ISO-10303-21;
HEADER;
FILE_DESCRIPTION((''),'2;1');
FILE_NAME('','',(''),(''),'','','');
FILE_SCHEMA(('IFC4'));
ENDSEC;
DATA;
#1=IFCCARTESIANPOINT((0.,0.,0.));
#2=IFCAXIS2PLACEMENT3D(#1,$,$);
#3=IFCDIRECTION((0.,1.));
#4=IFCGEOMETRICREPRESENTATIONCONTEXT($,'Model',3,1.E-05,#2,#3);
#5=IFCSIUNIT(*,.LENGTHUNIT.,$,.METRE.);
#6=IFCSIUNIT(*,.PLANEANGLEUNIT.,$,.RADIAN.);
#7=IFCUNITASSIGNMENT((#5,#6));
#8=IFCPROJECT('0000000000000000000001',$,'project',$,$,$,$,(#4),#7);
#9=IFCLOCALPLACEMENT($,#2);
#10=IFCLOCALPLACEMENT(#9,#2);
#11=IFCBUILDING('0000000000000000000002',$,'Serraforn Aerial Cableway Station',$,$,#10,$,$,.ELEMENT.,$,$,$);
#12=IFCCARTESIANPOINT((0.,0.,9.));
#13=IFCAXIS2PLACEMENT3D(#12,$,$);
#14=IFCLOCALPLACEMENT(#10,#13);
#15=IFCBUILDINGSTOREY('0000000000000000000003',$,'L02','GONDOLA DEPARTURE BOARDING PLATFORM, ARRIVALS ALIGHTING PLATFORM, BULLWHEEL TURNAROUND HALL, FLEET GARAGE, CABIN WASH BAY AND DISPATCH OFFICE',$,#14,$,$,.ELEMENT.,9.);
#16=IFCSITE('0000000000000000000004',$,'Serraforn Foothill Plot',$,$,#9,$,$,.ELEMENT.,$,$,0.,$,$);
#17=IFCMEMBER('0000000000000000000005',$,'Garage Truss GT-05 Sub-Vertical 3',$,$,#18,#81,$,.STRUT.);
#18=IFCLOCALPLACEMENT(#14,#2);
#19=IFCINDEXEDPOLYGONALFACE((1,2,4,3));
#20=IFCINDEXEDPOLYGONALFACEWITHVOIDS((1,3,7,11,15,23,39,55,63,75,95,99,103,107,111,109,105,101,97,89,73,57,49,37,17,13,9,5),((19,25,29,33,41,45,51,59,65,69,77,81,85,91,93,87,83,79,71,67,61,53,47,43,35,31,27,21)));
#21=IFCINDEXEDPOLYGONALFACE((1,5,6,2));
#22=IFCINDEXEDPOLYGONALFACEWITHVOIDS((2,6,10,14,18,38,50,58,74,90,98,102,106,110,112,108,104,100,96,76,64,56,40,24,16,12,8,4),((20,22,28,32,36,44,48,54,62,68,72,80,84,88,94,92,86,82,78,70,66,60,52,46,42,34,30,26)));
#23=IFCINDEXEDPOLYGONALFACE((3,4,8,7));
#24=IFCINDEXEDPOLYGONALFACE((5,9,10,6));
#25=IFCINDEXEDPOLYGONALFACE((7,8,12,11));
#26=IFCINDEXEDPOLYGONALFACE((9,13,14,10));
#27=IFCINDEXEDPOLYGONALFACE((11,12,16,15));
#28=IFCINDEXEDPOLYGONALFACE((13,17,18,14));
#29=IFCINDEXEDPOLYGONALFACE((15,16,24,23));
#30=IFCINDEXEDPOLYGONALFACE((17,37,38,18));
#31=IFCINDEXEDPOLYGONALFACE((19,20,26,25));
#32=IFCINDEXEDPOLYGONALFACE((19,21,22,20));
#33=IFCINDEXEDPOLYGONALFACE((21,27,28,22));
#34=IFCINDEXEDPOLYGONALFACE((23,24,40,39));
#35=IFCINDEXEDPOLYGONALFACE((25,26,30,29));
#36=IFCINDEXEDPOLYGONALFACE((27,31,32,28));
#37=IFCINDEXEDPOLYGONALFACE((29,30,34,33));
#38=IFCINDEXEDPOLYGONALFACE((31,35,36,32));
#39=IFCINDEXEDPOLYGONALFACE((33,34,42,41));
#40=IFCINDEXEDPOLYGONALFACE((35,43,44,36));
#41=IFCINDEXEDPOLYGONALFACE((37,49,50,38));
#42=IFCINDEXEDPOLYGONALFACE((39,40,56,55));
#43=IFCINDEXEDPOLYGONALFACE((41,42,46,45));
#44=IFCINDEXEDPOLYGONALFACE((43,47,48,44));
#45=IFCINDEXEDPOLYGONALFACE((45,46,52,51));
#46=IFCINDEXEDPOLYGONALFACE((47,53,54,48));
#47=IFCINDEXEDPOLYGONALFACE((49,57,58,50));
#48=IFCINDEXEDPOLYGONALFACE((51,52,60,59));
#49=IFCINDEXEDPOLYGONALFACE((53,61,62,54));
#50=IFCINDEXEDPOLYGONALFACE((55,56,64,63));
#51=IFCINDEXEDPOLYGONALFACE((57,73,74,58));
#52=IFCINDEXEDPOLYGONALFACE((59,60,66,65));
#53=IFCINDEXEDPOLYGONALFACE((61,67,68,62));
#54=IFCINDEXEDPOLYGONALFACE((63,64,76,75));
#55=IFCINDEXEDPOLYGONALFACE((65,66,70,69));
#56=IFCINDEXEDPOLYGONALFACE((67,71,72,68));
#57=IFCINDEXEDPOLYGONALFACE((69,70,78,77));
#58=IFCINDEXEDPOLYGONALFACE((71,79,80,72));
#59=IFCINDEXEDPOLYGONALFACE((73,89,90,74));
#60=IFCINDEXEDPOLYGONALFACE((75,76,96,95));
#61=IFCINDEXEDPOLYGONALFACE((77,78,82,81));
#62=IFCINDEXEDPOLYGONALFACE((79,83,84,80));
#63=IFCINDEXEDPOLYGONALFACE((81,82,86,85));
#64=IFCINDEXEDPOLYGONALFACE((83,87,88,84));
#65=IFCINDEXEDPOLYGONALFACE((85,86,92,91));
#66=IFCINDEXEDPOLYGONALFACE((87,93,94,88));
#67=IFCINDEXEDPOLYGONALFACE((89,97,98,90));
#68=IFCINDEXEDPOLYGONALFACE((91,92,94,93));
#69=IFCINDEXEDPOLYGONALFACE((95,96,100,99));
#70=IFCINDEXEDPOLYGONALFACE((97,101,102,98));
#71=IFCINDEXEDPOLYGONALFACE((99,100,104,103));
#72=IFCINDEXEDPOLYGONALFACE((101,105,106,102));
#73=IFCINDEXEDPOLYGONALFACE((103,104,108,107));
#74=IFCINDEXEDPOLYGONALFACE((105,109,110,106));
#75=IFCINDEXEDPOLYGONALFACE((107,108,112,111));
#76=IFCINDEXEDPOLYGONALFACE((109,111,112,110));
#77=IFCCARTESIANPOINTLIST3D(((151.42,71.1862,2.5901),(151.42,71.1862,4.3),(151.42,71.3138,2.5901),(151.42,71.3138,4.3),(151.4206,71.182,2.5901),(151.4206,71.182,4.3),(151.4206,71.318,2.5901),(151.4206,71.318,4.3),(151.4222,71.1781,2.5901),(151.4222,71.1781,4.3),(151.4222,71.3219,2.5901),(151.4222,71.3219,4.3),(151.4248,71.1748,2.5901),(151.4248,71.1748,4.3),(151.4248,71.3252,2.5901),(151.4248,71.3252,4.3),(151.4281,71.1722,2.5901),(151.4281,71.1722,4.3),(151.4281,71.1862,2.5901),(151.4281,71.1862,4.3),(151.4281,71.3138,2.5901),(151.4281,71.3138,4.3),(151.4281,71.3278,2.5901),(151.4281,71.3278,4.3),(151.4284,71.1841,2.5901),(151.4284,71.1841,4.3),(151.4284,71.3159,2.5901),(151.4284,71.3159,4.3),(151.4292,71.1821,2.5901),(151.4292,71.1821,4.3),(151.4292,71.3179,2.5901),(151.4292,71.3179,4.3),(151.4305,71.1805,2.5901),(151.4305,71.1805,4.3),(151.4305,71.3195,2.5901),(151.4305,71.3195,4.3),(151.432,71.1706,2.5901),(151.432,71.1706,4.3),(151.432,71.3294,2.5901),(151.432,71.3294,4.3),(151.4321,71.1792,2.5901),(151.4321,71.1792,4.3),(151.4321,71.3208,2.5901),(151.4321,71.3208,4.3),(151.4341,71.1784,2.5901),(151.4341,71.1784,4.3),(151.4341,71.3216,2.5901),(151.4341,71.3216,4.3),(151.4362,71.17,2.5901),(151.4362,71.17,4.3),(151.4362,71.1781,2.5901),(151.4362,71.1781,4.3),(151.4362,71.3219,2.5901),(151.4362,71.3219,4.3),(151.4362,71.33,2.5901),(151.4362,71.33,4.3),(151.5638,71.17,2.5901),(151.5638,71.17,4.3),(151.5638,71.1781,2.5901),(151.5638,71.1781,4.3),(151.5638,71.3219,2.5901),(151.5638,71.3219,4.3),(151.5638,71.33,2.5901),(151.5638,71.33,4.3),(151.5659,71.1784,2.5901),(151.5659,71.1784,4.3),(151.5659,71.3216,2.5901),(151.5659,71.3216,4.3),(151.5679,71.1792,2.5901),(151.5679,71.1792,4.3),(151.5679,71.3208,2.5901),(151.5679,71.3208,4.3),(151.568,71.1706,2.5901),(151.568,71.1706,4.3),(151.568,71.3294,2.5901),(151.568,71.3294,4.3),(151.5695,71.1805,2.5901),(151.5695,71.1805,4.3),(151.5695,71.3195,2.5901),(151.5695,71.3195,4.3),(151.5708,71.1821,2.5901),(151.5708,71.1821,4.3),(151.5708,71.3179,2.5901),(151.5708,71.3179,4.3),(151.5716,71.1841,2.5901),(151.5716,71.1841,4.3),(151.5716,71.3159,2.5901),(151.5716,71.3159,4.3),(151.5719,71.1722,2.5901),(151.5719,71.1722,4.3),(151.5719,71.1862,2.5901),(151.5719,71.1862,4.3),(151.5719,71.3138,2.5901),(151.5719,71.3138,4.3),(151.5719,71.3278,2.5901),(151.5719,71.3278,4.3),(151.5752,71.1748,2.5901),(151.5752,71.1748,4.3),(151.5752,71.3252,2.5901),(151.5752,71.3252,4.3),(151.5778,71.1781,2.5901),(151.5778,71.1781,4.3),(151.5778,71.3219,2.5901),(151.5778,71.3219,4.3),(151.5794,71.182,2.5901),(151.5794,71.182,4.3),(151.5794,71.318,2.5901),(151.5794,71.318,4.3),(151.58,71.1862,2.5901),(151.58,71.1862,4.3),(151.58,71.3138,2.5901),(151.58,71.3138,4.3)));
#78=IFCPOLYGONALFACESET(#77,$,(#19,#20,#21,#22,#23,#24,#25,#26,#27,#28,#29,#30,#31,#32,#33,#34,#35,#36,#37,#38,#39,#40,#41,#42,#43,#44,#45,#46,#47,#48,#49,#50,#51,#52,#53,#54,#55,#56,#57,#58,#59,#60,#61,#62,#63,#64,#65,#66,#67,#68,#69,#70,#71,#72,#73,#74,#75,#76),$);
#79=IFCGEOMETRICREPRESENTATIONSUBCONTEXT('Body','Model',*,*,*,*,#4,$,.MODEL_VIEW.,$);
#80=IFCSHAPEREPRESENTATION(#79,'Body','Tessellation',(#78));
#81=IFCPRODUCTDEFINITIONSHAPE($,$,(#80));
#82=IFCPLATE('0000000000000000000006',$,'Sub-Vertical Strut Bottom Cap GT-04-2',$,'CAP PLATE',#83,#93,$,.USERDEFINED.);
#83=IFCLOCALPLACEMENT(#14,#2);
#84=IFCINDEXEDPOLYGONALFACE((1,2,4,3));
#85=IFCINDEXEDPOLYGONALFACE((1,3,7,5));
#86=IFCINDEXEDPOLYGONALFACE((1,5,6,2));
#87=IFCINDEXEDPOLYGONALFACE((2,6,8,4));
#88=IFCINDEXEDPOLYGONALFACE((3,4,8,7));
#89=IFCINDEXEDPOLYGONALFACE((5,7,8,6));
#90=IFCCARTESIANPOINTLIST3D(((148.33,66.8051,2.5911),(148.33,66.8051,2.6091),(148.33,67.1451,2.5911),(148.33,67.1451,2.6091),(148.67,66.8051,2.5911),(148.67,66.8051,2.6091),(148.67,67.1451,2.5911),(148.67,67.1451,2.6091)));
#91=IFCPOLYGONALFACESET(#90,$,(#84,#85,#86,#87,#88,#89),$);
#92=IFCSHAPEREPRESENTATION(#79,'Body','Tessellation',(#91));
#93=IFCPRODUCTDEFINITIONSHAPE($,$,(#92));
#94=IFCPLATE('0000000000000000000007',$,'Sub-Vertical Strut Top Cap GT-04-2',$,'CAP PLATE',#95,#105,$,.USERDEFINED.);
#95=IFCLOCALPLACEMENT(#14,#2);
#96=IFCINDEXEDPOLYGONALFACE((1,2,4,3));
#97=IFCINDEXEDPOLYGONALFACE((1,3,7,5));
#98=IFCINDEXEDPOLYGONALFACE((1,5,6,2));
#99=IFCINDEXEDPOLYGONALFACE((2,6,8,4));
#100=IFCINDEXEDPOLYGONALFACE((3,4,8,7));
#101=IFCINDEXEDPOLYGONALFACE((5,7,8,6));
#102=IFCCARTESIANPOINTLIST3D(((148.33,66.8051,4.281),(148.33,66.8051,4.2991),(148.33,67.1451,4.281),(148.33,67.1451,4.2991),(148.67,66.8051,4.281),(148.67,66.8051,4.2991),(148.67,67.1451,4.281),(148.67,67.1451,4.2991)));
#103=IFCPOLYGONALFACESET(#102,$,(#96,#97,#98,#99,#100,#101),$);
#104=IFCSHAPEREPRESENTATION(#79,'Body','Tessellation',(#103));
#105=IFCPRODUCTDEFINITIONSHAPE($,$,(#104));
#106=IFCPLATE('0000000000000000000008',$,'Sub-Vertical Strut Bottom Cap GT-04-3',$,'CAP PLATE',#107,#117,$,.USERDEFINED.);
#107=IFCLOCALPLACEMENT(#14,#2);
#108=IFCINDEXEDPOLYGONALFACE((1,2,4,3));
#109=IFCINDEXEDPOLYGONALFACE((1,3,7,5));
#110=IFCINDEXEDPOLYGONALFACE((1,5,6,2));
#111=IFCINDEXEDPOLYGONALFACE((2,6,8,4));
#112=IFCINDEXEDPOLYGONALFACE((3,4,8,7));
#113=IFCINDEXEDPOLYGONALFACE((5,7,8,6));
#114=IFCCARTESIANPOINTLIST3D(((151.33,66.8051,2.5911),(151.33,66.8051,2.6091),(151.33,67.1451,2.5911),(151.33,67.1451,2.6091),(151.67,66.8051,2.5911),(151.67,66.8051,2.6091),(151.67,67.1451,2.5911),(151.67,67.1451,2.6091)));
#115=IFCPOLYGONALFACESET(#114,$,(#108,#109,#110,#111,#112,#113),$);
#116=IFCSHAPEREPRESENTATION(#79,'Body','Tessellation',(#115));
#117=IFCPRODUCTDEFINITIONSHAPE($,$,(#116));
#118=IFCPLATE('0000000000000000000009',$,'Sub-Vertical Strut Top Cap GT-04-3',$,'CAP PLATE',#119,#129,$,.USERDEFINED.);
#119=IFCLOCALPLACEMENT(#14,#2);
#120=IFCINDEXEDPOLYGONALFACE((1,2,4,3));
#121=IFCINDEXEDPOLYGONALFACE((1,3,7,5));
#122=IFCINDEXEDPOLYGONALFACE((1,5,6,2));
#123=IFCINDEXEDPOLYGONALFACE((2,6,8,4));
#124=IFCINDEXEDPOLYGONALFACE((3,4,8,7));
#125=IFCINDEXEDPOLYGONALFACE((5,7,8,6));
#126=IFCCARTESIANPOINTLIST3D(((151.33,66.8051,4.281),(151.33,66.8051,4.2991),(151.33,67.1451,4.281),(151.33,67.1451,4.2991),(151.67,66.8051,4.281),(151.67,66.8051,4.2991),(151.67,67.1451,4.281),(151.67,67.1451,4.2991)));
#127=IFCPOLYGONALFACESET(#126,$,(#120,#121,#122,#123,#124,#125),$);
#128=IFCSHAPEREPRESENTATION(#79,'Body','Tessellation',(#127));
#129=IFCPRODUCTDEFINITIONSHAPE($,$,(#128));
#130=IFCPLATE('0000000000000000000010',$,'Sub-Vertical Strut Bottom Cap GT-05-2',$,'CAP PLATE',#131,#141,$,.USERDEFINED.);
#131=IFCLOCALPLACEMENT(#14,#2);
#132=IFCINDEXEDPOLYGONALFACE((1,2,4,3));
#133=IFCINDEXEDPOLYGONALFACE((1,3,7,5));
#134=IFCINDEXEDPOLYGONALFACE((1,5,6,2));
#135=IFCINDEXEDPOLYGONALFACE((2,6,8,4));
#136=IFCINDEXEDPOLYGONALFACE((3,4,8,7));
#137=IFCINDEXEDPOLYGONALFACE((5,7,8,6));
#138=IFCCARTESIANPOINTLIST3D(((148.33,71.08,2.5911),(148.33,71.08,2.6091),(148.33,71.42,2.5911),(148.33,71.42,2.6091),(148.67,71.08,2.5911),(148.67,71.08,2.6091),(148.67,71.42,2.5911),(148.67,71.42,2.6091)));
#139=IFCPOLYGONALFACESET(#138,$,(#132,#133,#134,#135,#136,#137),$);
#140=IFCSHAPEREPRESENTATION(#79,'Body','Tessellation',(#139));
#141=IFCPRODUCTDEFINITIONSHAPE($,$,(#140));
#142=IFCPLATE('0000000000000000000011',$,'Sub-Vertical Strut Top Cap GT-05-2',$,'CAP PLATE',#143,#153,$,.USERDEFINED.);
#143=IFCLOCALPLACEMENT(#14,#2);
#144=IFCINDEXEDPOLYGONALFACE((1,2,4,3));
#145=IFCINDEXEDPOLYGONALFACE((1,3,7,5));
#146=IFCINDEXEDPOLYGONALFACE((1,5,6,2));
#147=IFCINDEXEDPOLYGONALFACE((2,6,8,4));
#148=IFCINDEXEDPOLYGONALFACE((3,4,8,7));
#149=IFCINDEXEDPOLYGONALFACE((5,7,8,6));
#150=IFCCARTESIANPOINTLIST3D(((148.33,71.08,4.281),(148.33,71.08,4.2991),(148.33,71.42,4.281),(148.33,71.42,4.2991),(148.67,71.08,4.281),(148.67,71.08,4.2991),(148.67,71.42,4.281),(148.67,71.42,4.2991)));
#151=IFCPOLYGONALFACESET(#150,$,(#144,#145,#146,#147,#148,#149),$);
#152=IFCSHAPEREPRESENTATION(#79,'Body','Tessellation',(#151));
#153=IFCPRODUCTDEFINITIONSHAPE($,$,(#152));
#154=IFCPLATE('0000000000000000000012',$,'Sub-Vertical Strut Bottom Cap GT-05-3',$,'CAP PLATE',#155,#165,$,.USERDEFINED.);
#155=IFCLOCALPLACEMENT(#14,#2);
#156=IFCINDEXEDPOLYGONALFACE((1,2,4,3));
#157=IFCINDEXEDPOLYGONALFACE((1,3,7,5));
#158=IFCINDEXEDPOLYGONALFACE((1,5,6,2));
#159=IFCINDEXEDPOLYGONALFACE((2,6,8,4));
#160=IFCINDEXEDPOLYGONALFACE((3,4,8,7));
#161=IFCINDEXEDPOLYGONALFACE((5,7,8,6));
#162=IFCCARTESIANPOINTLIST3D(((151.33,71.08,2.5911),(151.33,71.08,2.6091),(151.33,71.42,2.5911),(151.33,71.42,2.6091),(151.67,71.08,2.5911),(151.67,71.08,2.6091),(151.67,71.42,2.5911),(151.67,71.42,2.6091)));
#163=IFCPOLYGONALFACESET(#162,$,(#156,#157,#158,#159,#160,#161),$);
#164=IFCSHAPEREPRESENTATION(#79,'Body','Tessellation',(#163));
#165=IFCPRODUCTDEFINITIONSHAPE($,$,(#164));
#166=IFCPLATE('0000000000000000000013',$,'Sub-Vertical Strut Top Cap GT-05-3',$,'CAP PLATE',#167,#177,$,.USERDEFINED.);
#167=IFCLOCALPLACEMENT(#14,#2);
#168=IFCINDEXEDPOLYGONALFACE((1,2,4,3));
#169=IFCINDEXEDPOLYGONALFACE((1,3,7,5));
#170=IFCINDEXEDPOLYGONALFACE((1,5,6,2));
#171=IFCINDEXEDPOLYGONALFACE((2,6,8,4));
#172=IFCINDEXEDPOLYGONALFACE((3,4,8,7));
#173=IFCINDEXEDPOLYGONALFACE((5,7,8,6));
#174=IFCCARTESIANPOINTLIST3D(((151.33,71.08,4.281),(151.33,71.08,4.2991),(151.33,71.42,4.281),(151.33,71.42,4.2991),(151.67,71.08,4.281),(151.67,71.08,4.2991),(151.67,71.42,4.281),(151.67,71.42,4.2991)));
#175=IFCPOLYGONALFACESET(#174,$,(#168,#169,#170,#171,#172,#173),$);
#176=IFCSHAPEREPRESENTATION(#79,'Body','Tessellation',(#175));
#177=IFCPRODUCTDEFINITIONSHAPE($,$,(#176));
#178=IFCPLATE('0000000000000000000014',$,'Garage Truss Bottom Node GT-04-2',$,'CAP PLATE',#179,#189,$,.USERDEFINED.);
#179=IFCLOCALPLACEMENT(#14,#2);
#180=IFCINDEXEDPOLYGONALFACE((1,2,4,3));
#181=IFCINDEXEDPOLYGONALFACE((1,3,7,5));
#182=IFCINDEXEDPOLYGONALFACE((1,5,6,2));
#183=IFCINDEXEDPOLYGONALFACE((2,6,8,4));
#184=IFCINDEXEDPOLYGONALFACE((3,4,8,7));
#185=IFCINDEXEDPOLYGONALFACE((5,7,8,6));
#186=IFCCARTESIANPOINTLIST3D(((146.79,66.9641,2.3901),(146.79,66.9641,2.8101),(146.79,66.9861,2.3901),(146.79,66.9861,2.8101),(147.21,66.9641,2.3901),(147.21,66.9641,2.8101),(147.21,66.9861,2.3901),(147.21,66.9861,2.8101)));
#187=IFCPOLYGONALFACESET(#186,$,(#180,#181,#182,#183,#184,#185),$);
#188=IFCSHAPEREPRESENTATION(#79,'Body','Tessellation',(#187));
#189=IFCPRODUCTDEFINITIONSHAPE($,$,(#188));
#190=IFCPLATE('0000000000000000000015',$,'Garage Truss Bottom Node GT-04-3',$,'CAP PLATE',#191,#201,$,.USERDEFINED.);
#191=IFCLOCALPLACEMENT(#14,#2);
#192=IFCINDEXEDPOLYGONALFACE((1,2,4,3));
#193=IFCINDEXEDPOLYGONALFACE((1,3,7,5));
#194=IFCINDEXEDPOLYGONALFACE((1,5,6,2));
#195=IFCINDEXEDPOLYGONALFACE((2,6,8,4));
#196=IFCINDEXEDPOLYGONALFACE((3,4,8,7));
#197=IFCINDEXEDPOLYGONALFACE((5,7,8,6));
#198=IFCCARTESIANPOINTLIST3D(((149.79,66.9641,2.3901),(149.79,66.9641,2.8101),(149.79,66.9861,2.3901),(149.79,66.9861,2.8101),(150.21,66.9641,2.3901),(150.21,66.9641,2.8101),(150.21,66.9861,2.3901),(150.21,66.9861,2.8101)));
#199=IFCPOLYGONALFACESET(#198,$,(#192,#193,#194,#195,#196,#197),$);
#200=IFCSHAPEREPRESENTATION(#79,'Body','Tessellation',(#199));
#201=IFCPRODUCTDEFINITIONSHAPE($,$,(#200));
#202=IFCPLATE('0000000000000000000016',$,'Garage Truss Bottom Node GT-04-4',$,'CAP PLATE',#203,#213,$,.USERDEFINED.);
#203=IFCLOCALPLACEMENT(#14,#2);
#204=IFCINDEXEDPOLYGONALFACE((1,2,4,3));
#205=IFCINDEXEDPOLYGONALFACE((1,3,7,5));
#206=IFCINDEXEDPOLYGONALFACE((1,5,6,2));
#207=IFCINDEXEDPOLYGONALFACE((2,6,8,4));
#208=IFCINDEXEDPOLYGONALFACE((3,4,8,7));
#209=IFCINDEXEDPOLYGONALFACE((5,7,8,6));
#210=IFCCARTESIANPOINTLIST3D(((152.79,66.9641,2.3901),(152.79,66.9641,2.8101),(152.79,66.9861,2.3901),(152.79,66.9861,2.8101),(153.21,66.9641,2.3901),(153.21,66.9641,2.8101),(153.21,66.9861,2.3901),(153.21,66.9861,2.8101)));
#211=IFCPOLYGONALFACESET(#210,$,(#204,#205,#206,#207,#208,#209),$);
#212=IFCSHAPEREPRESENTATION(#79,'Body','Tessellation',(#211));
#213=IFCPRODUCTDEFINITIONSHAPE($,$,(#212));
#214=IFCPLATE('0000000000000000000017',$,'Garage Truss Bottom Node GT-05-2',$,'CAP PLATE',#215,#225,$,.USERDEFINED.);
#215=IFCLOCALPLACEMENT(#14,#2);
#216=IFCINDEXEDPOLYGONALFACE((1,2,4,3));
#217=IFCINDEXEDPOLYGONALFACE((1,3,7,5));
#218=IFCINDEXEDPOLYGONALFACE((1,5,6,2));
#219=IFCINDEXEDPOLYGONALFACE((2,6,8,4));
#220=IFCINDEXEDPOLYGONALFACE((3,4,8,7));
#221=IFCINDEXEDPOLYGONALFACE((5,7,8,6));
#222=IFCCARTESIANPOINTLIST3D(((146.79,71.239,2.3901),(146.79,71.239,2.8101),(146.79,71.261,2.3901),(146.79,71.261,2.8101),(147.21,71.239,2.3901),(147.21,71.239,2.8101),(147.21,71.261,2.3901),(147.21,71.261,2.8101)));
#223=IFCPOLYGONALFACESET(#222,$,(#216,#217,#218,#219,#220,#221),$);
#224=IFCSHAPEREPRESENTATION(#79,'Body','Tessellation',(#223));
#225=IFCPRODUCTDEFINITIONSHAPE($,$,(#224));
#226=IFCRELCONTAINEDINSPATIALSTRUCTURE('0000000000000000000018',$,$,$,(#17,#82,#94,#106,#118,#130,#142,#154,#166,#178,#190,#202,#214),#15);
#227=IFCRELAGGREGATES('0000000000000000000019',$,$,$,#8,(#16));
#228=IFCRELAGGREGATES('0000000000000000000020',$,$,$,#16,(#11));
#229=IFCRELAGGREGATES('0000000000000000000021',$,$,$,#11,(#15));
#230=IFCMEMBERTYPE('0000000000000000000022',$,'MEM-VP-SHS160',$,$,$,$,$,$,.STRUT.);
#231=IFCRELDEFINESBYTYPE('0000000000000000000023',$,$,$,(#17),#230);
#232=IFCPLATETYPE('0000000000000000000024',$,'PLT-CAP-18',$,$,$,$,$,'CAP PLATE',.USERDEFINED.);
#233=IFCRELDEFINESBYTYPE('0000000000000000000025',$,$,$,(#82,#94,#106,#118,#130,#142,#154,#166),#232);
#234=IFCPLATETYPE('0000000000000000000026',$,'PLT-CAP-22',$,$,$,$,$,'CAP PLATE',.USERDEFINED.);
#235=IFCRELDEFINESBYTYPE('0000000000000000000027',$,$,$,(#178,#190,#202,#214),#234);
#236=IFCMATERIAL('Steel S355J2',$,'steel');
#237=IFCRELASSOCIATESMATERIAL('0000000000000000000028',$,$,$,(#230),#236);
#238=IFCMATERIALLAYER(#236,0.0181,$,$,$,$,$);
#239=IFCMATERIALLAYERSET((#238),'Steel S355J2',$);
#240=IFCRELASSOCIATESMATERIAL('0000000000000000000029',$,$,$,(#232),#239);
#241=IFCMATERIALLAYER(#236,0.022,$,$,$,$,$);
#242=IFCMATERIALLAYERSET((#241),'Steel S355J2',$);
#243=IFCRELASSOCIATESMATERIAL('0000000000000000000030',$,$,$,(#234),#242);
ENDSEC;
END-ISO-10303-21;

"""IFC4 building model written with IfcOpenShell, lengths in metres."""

from ifc_helpers import new_model, si_unit, direction, frame, origin, origin_2d, place, context, subcontext, project, spatial, rectangle, hollow_rectangle, extrude, material, layer, layer_set, material_profile, profile_set, type_object, element, save


model = new_model("IFC4")

# Units and contexts
model_context = context("Model", 3, precision=1e-05, world=origin(), true_north=direction((0.0, 1.0)))
body_context = subcontext(model_context, "Body", "Model", "MODEL_VIEW")
ifc_project = project(units=[si_unit("LENGTHUNIT", "METRE"), si_unit("PLANEANGLEUNIT", "RADIAN")], contexts=[model_context])

# Site, building, storey
site_placement = place(None, origin())
site = spatial("IfcSite", under=ifc_project, at=site_placement, Name="Serraforn Foothill Plot", CompositionType="ELEMENT", RefElevation=0.0)
building_placement = place(site_placement, origin())
building = spatial("IfcBuilding", under=site, at=building_placement, Name="Serraforn Aerial Cableway Station", CompositionType="ELEMENT")
storey_placement = place(building_placement, frame((0.0, 0.0, 9.0)))
storey = spatial("IfcBuildingStorey", under=building, at=storey_placement, Name="L02", Description="GONDOLA DEPARTURE BOARDING PLATFORM, ARRIVALS ALIGHTING PLATFORM, BULLWHEEL TURNAROUND HALL, FLEET GARAGE, CABIN WASH BAY AND DISPATCH OFFICE", CompositionType="ELEMENT", Elevation=9.0)

# Member
ifc_material_1 = material(Name="Steel S355J2", Category="steel")
ifc_material_profile_1 = material_profile(ifc_material_1, hollow_rectangle(XDim=0.1599, YDim=0.1599, WallThickness=0.0081, InnerFilletRadius=0.0081, OuterFilletRadius=0.0161, at=origin_2d()), Name="SHS 160x160x8.0")
ifc_profile_set_1 = profile_set([ifc_material_profile_1], Name="Steel S355J2")
member_type_1 = type_object("IfcMemberType", Name="MEM-VP-SHS160", PredefinedType="STRUT", material=ifc_profile_set_1)
for number, where, z_axis, x_axis, name in (
    (1, (151.5, 71.25, 2.5901), (0.0, 0.0, 1.0), (1.0, 0.0, 0.0), "Garage Truss GT-05 Sub-Vertical 3"),
):
    element("IfcMember", number, at=place(storey_placement, frame(where, z_axis=z_axis, x_axis=x_axis)), inside=storey, type_object=member_type_1, Name=name, PredefinedType="STRUT", context=body_context, shape_type="SweptSolid", body=[
        extrude(hollow_rectangle(XDim=0.1599, YDim=0.1599, WallThickness=0.0081, InnerFilletRadius=0.0081, OuterFilletRadius=0.0161, at=origin_2d()), origin(), (0.0, 0.0, 1.0), 1.71),
    ])

# Plates
ifc_layer_1 = layer(ifc_material_1, 0.0181)
ifc_layer_set_1 = layer_set([ifc_layer_1], Name="Steel S355J2")
plate_type_1 = type_object("IfcPlateType", Name="PLT-CAP-18", ElementType="CAP PLATE", PredefinedType="USERDEFINED", material=ifc_layer_set_1)
for number, where, z_axis, x_axis, name in (
    (2, (148.5, 66.9751, 2.5911), (0.0, 0.0, 1.0), (1.0, 0.0, 0.0), "Sub-Vertical Strut Bottom Cap GT-04-2"),
    (3, (148.5, 66.9751, 4.281), (0.0, 0.0, 1.0), (1.0, 0.0, 0.0), "Sub-Vertical Strut Top Cap GT-04-2"),
    (4, (151.5, 66.9751, 2.5911), (0.0, 0.0, 1.0), (1.0, 0.0, 0.0), "Sub-Vertical Strut Bottom Cap GT-04-3"),
    (5, (151.5, 66.9751, 4.281), (0.0, 0.0, 1.0), (1.0, 0.0, 0.0), "Sub-Vertical Strut Top Cap GT-04-3"),
    (6, (148.5, 71.25, 2.5911), (0.0, 0.0, 1.0), (1.0, 0.0, 0.0), "Sub-Vertical Strut Bottom Cap GT-05-2"),
    (7, (148.5, 71.25, 4.281), (0.0, 0.0, 1.0), (1.0, 0.0, 0.0), "Sub-Vertical Strut Top Cap GT-05-2"),
    (8, (151.5, 71.25, 2.5911), (0.0, 0.0, 1.0), (1.0, 0.0, 0.0), "Sub-Vertical Strut Bottom Cap GT-05-3"),
    (9, (151.5, 71.25, 4.281), (0.0, 0.0, 1.0), (1.0, 0.0, 0.0), "Sub-Vertical Strut Top Cap GT-05-3"),
):
    element("IfcPlate", number, at=place(storey_placement, frame(where, z_axis=z_axis, x_axis=x_axis)), inside=storey, type_object=plate_type_1, Name=name, ObjectType="CAP PLATE", PredefinedType="USERDEFINED", context=body_context, shape_type="SweptSolid", body=[
        extrude(rectangle(XDim=0.3401, YDim=0.3401, at=origin_2d()), origin(), (0.0, 0.0, 1.0), 0.0181),
    ])
ifc_layer_2 = layer(ifc_material_1, 0.022)
ifc_layer_set_2 = layer_set([ifc_layer_2], Name="Steel S355J2")
plate_type_2 = type_object("IfcPlateType", Name="PLT-CAP-22", ElementType="CAP PLATE", PredefinedType="USERDEFINED", material=ifc_layer_set_2)
for number, where, z_axis, x_axis, name in (
    (10, (147.0, 66.9751, 2.3901), (0.0, 0.0, 1.0), (1.0, 0.0, 0.0), "Garage Truss Bottom Node GT-04-2"),
    (11, (150.0, 66.9751, 2.3901), (0.0, 0.0, 1.0), (1.0, 0.0, 0.0), "Garage Truss Bottom Node GT-04-3"),
    (12, (153.0, 66.9751, 2.3901), (0.0, 0.0, 1.0), (1.0, 0.0, 0.0), "Garage Truss Bottom Node GT-04-4"),
    (13, (147.0, 71.25, 2.3901), (0.0, 0.0, 1.0), (1.0, 0.0, 0.0), "Garage Truss Bottom Node GT-05-2"),
):
    element("IfcPlate", number, at=place(storey_placement, frame(where, z_axis=z_axis, x_axis=x_axis)), inside=storey, type_object=plate_type_2, Name=name, ObjectType="CAP PLATE", PredefinedType="USERDEFINED", context=body_context, shape_type="SweptSolid", body=[
        extrude(rectangle(XDim=0.4199, YDim=0.022, at=origin_2d()), origin(), (0.0, 0.0, 1.0), 0.4199),
    ])

save(model, "model.ifc")
